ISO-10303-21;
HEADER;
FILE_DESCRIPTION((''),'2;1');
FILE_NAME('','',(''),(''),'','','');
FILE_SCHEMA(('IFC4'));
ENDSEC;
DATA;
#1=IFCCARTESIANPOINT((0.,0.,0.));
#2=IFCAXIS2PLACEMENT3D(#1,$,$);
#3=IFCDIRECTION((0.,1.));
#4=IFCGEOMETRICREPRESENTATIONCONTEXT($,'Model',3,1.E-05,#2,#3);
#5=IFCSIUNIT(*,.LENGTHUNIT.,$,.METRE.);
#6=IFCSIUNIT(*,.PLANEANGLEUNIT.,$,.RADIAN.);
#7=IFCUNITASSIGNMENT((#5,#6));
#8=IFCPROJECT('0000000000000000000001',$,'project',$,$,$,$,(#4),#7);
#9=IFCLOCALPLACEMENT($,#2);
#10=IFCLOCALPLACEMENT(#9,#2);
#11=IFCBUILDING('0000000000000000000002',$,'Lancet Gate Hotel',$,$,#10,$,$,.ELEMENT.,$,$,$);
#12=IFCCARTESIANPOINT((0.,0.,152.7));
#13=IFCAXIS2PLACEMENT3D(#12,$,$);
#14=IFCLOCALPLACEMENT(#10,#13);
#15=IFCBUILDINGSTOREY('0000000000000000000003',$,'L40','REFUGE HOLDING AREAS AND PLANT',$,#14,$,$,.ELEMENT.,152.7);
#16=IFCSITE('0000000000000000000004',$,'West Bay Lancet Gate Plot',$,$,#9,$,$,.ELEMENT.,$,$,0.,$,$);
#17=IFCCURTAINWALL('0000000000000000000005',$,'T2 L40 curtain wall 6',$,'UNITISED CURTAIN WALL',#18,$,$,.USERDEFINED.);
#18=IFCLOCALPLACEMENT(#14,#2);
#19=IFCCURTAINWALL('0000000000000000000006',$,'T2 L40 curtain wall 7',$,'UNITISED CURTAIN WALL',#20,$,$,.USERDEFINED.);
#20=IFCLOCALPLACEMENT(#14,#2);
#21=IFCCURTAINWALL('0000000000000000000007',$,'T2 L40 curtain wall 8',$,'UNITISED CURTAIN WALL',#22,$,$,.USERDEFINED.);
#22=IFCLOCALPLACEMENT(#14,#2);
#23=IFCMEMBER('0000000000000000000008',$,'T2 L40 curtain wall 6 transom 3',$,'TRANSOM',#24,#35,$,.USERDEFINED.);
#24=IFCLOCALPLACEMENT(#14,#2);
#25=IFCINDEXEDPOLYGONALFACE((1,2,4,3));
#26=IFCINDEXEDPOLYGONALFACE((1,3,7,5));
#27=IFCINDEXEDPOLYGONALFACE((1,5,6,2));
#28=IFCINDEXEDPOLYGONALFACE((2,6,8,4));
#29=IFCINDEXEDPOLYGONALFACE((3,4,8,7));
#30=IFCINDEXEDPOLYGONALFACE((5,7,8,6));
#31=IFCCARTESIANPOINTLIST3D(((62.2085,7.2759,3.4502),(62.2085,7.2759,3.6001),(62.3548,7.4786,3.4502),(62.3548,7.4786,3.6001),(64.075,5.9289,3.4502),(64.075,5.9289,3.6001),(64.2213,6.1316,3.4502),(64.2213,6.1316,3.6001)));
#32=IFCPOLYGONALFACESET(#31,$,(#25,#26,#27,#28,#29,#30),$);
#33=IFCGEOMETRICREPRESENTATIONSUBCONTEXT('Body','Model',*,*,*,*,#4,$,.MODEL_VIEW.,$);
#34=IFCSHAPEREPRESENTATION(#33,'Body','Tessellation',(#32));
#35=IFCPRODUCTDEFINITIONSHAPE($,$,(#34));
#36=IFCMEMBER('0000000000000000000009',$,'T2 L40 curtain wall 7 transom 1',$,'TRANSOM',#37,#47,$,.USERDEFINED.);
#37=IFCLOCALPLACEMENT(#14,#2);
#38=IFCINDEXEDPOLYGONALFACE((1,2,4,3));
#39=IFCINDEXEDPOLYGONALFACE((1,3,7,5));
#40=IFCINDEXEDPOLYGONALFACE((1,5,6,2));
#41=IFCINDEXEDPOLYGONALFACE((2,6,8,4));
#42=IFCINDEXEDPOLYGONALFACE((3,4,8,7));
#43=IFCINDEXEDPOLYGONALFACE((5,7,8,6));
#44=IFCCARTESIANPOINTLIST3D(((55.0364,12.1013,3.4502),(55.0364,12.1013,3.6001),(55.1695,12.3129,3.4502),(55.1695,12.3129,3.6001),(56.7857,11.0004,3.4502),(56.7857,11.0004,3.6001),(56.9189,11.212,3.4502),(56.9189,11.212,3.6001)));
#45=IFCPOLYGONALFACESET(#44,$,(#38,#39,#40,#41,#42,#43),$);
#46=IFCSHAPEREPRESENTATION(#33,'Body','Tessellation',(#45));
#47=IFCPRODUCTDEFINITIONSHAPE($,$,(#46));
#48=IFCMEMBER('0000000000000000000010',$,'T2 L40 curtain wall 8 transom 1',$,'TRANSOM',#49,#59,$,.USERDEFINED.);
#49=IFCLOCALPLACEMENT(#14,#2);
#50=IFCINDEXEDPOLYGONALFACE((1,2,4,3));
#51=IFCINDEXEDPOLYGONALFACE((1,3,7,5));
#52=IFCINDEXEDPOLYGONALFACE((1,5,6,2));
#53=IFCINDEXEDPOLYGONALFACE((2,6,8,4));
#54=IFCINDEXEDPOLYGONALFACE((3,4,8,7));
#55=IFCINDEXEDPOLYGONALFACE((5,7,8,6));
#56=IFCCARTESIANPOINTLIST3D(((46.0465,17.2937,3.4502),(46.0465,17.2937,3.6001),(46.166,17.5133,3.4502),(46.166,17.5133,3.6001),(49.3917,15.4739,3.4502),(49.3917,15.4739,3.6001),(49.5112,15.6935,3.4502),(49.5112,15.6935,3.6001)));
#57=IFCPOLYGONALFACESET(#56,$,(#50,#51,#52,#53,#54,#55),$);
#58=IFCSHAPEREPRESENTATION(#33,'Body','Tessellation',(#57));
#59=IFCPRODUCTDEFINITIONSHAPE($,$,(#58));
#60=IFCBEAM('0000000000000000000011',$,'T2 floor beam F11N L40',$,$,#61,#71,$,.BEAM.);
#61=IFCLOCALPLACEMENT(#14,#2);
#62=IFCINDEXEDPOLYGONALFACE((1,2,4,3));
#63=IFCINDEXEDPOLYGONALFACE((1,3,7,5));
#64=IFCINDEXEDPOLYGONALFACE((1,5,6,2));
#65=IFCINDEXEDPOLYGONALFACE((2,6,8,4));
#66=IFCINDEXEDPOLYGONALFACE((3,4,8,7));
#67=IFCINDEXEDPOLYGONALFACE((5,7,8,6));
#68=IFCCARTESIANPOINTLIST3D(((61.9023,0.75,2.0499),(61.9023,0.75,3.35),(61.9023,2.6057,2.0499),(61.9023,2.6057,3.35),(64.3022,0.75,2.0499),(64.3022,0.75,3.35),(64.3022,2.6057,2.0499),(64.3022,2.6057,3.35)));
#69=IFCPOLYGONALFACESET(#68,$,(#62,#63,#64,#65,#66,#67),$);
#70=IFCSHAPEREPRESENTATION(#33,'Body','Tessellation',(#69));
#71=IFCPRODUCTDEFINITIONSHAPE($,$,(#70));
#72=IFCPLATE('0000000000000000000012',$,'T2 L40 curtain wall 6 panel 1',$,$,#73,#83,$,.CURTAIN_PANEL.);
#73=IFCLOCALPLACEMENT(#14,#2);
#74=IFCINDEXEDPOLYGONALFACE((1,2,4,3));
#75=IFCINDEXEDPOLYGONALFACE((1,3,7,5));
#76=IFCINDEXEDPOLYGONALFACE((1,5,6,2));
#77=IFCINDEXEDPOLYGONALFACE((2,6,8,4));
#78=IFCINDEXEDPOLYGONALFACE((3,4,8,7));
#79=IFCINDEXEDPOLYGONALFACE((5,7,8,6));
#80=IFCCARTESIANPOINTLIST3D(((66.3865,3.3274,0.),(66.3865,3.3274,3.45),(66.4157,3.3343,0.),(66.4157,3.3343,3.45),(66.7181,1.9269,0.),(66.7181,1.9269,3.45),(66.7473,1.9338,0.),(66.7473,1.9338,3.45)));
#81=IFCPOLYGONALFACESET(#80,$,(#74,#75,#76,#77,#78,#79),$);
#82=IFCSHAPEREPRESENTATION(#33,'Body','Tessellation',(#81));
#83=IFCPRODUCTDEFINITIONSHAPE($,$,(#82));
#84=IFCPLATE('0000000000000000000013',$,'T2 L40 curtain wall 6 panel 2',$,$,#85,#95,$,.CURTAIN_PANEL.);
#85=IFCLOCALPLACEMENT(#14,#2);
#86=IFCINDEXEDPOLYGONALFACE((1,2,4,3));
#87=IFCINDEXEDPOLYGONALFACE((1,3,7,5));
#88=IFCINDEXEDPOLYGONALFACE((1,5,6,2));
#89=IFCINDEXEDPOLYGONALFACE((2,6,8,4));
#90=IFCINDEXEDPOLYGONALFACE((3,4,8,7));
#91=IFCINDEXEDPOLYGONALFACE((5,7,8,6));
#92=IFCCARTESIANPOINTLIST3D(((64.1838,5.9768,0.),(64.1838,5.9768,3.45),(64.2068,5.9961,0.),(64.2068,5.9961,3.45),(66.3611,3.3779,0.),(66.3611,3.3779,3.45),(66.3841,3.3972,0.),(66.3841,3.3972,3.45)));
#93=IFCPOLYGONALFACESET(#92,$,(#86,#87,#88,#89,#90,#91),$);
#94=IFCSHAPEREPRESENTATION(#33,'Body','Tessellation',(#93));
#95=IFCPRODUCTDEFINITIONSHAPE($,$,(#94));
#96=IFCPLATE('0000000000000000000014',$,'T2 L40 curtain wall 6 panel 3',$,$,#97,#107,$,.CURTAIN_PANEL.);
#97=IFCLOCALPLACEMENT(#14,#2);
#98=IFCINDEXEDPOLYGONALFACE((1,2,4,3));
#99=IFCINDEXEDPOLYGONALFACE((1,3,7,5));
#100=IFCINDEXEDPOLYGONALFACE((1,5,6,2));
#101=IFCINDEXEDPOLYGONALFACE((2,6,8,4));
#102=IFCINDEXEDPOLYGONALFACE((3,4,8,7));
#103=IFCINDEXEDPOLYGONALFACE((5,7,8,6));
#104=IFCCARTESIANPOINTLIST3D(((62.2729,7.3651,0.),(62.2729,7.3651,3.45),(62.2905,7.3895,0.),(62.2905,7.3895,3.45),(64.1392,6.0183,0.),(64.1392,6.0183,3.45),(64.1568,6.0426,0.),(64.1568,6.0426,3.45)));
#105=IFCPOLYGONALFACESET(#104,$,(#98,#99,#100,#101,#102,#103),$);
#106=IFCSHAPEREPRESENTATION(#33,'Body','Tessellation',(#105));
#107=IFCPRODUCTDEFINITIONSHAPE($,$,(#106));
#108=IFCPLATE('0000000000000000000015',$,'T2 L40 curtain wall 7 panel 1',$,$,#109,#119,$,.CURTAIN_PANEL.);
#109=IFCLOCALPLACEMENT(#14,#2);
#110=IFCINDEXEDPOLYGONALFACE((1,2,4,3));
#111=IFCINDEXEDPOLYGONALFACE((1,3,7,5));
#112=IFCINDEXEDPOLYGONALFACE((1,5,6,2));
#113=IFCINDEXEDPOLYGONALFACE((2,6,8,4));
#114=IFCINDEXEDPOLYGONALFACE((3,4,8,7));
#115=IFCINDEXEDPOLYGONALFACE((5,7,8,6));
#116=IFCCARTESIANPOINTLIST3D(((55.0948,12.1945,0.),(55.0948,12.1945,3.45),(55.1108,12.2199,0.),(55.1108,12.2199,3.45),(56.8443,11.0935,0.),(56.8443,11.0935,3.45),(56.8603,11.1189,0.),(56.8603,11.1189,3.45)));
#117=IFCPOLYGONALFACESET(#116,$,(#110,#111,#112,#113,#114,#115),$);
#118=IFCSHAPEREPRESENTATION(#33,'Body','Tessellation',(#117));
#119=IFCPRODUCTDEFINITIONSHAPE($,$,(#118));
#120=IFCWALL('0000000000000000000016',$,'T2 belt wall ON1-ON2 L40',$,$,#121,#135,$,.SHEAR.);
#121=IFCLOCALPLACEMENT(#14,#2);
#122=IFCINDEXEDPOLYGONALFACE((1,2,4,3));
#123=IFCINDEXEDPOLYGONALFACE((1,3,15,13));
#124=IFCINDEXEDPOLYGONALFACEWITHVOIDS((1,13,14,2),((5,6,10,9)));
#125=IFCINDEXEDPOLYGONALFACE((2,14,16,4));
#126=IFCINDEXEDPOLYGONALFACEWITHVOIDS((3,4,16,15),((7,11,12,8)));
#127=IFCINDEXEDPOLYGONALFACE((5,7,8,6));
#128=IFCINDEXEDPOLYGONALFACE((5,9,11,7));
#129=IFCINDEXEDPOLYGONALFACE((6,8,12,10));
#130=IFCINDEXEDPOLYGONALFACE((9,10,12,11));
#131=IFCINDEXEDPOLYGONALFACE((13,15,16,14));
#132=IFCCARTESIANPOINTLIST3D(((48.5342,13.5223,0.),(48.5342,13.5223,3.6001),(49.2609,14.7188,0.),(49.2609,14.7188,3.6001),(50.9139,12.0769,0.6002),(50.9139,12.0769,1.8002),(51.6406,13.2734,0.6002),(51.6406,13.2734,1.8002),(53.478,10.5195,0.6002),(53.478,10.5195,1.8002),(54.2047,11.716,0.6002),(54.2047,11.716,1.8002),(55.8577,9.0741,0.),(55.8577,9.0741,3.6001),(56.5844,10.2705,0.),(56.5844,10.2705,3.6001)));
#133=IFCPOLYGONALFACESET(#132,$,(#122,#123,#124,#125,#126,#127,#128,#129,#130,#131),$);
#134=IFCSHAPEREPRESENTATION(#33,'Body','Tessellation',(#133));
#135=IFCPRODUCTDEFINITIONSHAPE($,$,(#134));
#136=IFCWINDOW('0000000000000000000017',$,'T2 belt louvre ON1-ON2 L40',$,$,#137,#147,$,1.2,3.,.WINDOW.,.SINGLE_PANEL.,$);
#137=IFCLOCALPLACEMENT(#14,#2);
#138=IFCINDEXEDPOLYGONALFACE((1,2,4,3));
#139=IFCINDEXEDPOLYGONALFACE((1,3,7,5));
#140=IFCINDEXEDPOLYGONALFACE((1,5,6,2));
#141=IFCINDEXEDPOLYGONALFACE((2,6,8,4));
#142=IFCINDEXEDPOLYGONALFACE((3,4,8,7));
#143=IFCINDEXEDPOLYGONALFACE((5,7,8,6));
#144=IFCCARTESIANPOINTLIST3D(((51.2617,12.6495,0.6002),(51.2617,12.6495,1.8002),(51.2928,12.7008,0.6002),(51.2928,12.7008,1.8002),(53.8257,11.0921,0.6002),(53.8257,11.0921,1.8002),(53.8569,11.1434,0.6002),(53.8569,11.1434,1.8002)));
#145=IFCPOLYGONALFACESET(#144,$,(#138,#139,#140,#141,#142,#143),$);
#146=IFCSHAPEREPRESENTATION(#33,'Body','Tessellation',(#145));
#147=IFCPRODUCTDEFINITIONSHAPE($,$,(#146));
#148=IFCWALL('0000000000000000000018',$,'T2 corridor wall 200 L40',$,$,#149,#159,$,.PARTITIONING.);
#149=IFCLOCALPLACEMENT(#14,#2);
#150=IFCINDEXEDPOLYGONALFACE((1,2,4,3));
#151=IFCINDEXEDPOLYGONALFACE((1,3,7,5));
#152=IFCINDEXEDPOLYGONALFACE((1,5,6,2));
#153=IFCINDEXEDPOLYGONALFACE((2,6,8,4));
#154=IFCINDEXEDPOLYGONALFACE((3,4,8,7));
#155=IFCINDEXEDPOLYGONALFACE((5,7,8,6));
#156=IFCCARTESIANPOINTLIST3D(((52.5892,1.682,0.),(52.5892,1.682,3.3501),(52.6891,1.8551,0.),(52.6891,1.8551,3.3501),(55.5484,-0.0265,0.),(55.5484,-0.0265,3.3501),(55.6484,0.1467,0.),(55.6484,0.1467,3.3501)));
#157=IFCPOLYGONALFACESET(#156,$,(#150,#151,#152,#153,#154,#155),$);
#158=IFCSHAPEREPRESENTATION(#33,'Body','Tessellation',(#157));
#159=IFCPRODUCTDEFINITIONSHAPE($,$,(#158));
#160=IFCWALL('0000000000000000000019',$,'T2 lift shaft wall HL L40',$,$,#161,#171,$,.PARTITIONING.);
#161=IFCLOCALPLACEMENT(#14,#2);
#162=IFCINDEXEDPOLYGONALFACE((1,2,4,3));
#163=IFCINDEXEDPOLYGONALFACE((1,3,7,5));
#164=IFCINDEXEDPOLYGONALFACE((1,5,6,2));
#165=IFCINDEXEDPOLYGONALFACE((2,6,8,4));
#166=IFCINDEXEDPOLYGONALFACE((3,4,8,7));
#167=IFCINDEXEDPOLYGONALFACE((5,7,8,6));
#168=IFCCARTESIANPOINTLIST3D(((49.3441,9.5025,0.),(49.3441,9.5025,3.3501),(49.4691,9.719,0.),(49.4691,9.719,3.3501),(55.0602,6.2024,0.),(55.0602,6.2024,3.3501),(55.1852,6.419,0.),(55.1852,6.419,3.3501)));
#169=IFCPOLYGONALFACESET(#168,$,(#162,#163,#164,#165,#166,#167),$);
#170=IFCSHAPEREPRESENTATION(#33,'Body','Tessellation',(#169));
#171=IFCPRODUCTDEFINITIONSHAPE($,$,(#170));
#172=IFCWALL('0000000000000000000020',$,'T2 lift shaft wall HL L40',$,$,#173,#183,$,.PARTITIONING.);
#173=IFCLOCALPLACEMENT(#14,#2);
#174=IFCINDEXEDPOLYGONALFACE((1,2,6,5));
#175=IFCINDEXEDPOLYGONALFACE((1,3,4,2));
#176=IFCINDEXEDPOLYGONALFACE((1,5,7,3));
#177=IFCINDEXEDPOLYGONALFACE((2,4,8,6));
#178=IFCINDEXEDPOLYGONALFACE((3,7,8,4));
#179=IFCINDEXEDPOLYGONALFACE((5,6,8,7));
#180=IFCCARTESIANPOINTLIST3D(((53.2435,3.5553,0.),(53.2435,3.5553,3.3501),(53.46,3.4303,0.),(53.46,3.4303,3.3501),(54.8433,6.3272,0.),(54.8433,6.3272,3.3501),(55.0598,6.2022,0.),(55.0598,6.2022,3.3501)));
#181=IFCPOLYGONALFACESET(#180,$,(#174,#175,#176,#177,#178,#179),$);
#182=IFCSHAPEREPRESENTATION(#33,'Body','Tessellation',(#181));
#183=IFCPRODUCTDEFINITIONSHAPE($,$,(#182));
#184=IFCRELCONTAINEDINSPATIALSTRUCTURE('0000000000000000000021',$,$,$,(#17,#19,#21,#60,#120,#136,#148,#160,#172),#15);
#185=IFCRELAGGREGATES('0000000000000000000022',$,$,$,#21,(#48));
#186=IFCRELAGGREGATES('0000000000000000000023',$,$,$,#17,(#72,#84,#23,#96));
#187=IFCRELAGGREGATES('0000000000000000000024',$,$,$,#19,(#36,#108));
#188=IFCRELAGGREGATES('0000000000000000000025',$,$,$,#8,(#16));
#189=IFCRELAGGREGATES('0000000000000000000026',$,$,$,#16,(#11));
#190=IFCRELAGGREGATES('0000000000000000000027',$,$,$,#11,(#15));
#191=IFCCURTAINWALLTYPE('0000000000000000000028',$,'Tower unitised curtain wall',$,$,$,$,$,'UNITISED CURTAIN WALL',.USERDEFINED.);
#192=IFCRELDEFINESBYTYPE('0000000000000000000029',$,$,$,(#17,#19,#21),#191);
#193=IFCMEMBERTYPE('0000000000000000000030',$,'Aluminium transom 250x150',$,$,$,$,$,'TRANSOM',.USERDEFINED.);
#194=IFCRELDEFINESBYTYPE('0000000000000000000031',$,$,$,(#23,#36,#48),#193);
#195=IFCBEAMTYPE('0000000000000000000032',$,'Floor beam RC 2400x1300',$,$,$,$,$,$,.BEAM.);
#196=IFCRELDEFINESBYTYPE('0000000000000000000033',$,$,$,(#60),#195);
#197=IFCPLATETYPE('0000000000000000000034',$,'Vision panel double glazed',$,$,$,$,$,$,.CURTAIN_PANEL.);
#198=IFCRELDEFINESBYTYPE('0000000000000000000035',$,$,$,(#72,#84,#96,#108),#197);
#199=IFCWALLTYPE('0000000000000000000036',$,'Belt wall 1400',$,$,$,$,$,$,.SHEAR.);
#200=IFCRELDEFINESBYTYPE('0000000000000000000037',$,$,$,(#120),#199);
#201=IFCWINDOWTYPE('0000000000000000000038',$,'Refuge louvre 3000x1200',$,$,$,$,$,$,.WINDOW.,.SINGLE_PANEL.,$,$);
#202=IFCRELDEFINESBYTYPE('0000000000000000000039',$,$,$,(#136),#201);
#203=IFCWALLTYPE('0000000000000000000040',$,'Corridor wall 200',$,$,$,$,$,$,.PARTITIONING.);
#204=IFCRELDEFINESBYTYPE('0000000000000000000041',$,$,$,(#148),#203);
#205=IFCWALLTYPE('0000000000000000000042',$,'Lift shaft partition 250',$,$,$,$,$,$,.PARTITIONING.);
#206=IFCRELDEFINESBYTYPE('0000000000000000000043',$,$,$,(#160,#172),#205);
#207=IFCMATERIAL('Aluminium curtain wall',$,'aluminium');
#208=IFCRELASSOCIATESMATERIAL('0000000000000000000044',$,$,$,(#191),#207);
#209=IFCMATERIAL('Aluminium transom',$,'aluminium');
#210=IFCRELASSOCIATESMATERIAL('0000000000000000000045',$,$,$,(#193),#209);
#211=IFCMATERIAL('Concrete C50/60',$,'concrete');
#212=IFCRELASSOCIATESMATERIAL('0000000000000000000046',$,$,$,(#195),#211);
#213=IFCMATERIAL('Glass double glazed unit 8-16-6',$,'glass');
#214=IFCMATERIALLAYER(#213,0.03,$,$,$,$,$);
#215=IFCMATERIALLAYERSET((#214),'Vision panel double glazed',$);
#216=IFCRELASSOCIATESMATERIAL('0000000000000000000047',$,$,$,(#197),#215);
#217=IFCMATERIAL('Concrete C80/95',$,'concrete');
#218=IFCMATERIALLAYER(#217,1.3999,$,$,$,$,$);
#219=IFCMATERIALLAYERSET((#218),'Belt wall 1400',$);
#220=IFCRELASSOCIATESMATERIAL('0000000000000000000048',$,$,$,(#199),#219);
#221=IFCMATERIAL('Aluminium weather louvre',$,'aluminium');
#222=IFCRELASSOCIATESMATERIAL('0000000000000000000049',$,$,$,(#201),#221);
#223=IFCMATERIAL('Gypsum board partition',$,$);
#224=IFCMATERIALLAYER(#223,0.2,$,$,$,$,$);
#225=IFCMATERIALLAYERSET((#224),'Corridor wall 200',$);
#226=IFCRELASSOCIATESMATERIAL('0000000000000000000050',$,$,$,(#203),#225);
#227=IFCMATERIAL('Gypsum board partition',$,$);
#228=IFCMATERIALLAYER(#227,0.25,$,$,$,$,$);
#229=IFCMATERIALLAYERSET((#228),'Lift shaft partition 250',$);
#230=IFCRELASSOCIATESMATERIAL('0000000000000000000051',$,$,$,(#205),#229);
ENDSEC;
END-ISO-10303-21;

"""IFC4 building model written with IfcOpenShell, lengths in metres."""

from ifc_helpers import new_model, si_unit, direction, frame, frame_2d, origin, origin_2d, place, context, subcontext, project, spatial, rectangle, extrude, material, layer, layer_set, material_profile, profile_set, type_object, element, fill, aggregate, save


model = new_model("IFC4")

# Units and contexts
model_context = context("Model", 3, precision=1e-05, world=origin(), true_north=direction((0.0, 1.0)))
body_context = subcontext(model_context, "Body", "Model", "MODEL_VIEW")
ifc_project = project(units=[si_unit("LENGTHUNIT", "METRE"), si_unit("PLANEANGLEUNIT", "RADIAN")], contexts=[model_context])

# Site, building, storey
site_placement = place(None, origin())
site = spatial("IfcSite", under=ifc_project, at=site_placement, Name="West Bay Lancet Gate Plot", CompositionType="ELEMENT", RefElevation=0.0)
building_placement = place(site_placement, origin())
building = spatial("IfcBuilding", under=site, at=building_placement, Name="Lancet Gate Hotel", CompositionType="ELEMENT")
storey_placement = place(building_placement, frame((0.0, 0.0, 152.7)))
storey = spatial("IfcBuildingStorey", under=building, at=storey_placement, Name="L40", Description="REFUGE HOLDING AREAS AND PLANT", CompositionType="ELEMENT", Elevation=152.7)

# Curtain walls
ifc_material_1 = material(Name="Aluminium curtain wall", Category="aluminium")
curtain_wall_type = type_object("IfcCurtainWallType", Name="Tower unitised curtain wall", ElementType="UNITISED CURTAIN WALL", PredefinedType="USERDEFINED", material=ifc_material_1)
curtain_wall_1_placement = place(storey_placement, origin())
curtain_wall_1 = element("IfcCurtainWall", 1, at=curtain_wall_1_placement, inside=storey, type_object=curtain_wall_type, Name="T2 L40 curtain wall 6", ObjectType="UNITISED CURTAIN WALL", PredefinedType="USERDEFINED")
curtain_wall_2_placement = place(storey_placement, origin())
curtain_wall_2 = element("IfcCurtainWall", 2, at=curtain_wall_2_placement, inside=storey, type_object=curtain_wall_type, Name="T2 L40 curtain wall 7", ObjectType="UNITISED CURTAIN WALL", PredefinedType="USERDEFINED")

# Curtain wall
curtain_wall_3_placement = place(storey_placement, origin())
curtain_wall_3 = element("IfcCurtainWall", 3, at=curtain_wall_3_placement, inside=storey, type_object=curtain_wall_type, Name="T2 L40 curtain wall 8", ObjectType="UNITISED CURTAIN WALL", PredefinedType="USERDEFINED")

# Members
ifc_material_2 = material(Name="Aluminium transom", Category="aluminium")
ifc_material_profile_1 = material_profile(ifc_material_2, rectangle(XDim=0.25, YDim=0.1499, at=origin_2d()), Name="TRANSOM 250x150")
ifc_profile_set_1 = profile_set([ifc_material_profile_1], Name="Aluminium transom")
member_type_1 = type_object("IfcMemberType", Name="Aluminium transom 250x150", ElementType="TRANSOM", PredefinedType="USERDEFINED", material=ifc_profile_set_1)
member_1_placement = place(storey_placement, frame((64.1482, 6.0303, 3.5251), z_axis=(-0.8109, 0.585185, 0.0), x_axis=(-0.585185, -0.8109, 0.0)))
member_1 = element("IfcMember", 4, at=member_1_placement, type_object=member_type_1, Name="T2 L40 curtain wall 6 transom 3", ObjectType="TRANSOM", PredefinedType="USERDEFINED", context=body_context, shape_type="SweptSolid", body=[
    extrude(rectangle(XDim=0.25, YDim=0.1499, at=origin_2d()), origin(), (0.0, 0.0, 1.0), 2.3018),
])
member_2_placement = place(storey_placement, frame((56.8523, 11.1062, 3.5251), z_axis=(-0.846355, 0.532619, 0.0), x_axis=(-0.532619, -0.846355, 0.0)))
member_2 = element("IfcMember", 5, at=member_2_placement, type_object=member_type_1, Name="T2 L40 curtain wall 7 transom 1", ObjectType="TRANSOM", PredefinedType="USERDEFINED", context=body_context, shape_type="SweptSolid", body=[
    extrude(rectangle(XDim=0.25, YDim=0.1499, at=origin_2d()), origin(), (0.0, 0.0, 1.0), 2.0669),
])
member_3_placement = place(storey_placement, frame((49.4514, 15.5837, 3.5251), z_axis=(-0.878429, 0.477873, 0.0), x_axis=(-0.477873, -0.878429, 0.0)))
member_3 = element("IfcMember", 6, at=member_3_placement, type_object=member_type_1, Name="T2 L40 curtain wall 8 transom 1", ObjectType="TRANSOM", PredefinedType="USERDEFINED", context=body_context, shape_type="SweptSolid", body=[
    extrude(rectangle(XDim=0.25, YDim=0.1499, at=origin_2d()), origin(), (0.0, 0.0, 1.0), 3.8081),
])
aggregate(curtain_wall_3, [member_3])

# Beam
ifc_material_3 = material(Name="Concrete C50/60", Category="concrete")
ifc_material_profile_2 = material_profile(ifc_material_3, rectangle(XDim=2.3999, YDim=1.3, at=origin_2d()), Name="RC 2400x1300")
ifc_profile_set_2 = profile_set([ifc_material_profile_2], Name="Concrete C50/60")
beam_type = type_object("IfcBeamType", Name="Floor beam RC 2400x1300", PredefinedType="BEAM", material=ifc_profile_set_2)
beam_placement = place(storey_placement, frame((63.1023, 0.75, 2.7), z_axis=(0.0, 1.0, 0.0), x_axis=(-1.0, 0.0, 0.0)))
element("IfcBeam", 7, at=beam_placement, inside=storey, type_object=beam_type, Name="T2 floor beam F11N L40", PredefinedType="BEAM", context=body_context, shape_type="SweptSolid", body=[
    extrude(rectangle(XDim=2.3999, YDim=1.3, at=origin_2d()), origin(), (0.0, 0.0, 1.0), 1.8557),
])

# Plates
ifc_material_4 = material(Name="Glass double glazed unit 8-16-6", Category="glass")
ifc_layer_1 = layer(ifc_material_4, 0.03)
ifc_layer_set_1 = layer_set([ifc_layer_1], Name="Vision panel double glazed")
plate_type = type_object("IfcPlateType", Name="Vision panel double glazed", PredefinedType="CURTAIN_PANEL", material=ifc_layer_set_1)
plate_1_placement = place(storey_placement, frame((66.5669, 2.6306, 0.0), z_axis=(0.0, 0.0, 1.0), x_axis=(-0.230367, 0.973104, 0.0)))
plate_1 = element("IfcPlate", 8, at=plate_1_placement, type_object=plate_type, Name="T2 L40 curtain wall 6 panel 1", PredefinedType="CURTAIN_PANEL", context=body_context, shape_type="SweptSolid", body=[
    extrude(rectangle(XDim=1.4392, YDim=0.03, at=origin_2d()), origin(), (0.0, 0.0, 1.0), 3.45),
])
plate_2_placement = place(storey_placement, frame((65.2839, 4.687, 0.0), z_axis=(0.0, 0.0, 1.0), x_axis=(-0.642199, 0.766538, 0.0)))
plate_2 = element("IfcPlate", 9, at=plate_2_placement, type_object=plate_type, Name="T2 L40 curtain wall 6 panel 2", PredefinedType="CURTAIN_PANEL", context=body_context, shape_type="SweptSolid", body=[
    extrude(rectangle(XDim=3.3904, YDim=0.03, at=origin_2d()), origin(), (0.0, 0.0, 1.0), 3.45),
])
plate_3_placement = place(storey_placement, frame((63.2148, 6.7039, 0.0), z_axis=(0.0, 0.0, 1.0), x_axis=(-0.810891, 0.585197, 0.0)))
plate_3 = element("IfcPlate", 10, at=plate_3_placement, type_object=plate_type, Name="T2 L40 curtain wall 6 panel 3", PredefinedType="CURTAIN_PANEL", context=body_context, shape_type="SweptSolid", body=[
    extrude(rectangle(XDim=2.3015, YDim=0.03, at=origin_2d()), origin(), (0.0, 0.0, 1.0), 3.45),
])
aggregate(curtain_wall_1, [plate_1, plate_2, member_1, plate_3])
plate_4_placement = place(storey_placement, frame((55.9775, 11.6567, 0.0), z_axis=(0.0, 0.0, 1.0), x_axis=(-0.846352, 0.532623, 0.0)))
plate_4 = element("IfcPlate", 11, at=plate_4_placement, type_object=plate_type, Name="T2 L40 curtain wall 7 panel 1", PredefinedType="CURTAIN_PANEL", context=body_context, shape_type="SweptSolid", body=[
    extrude(rectangle(XDim=2.0671, YDim=0.03, at=origin_2d()), origin(), (0.0, 0.0, 1.0), 3.45),
])
aggregate(curtain_wall_2, [member_2, plate_4])

# Wall, opening, window
ifc_material_5 = material(Name="Concrete C80/95", Category="concrete")
ifc_layer_2 = layer(ifc_material_5, 1.3999)
ifc_layer_set_2 = layer_set([ifc_layer_2], Name="Belt wall 1400")
wall_type_1 = type_object("IfcWallType", Name="Belt wall 1400", PredefinedType="SHEAR", material=ifc_layer_set_2)
wall_1_placement = place(storey_placement, frame((56.2209, 9.6724, 0.0), z_axis=(0.0, 0.0, 1.0), x_axis=(-0.854692, 0.519135, 0.0)))
wall_1 = element("IfcWall", 12, at=wall_1_placement, inside=storey, type_object=wall_type_1, Name="T2 belt wall ON1-ON2 L40", PredefinedType="SHEAR", context=body_context, shape_type="SweptSolid", body=[
    extrude(rectangle(XDim=8.5686, YDim=1.3999, at=frame_2d((4.2842, 0.0))), origin(), (0.0, 0.0, 1.0), 3.6001),
])
opening_1_placement = place(wall_1_placement, frame((2.7842, 0.0, 0.6001)))
opening_1 = element("IfcOpeningElement", 13, at=opening_1_placement, cuts=wall_1, PredefinedType="OPENING", context=body_context, shape_type="SweptSolid", body=[
    extrude(rectangle(XDim=3.0, YDim=1.2, at=frame_2d((1.5, 0.6001))), frame((0.0, 0.71, 0.0), z_axis=(0.0, -1.0, 0.0), x_axis=(1.0, 0.0, 0.0)), (0.0, 0.0, 1.0), 1.4199),
])
ifc_material_6 = material(Name="Aluminium weather louvre", Category="aluminium")
window_type = type_object("IfcWindowType", Name="Refuge louvre 3000x1200", PartitioningType="SINGLE_PANEL", PredefinedType="WINDOW", material=ifc_material_6)
window_placement = place(opening_1_placement, origin())
window = element("IfcWindow", 14, at=window_placement, inside=storey, type_object=window_type, Name="T2 belt louvre ON1-ON2 L40", OverallHeight=1.2, OverallWidth=3.0, PartitioningType="SINGLE_PANEL", PredefinedType="WINDOW", context=body_context, shape_type="SweptSolid", body=[
    extrude(rectangle(XDim=3.0, YDim=1.2, at=frame_2d((1.5, 0.6001))), frame((0.0, 0.03, 0.0), z_axis=(0.0, -1.0, 0.0), x_axis=(1.0, 0.0, 0.0)), (0.0, 0.0, 1.0), 0.0601),
])
fill(opening_1, window)

# Walls
ifc_material_7 = material(Name="Gypsum board partition")
ifc_layer_3 = layer(ifc_material_7, 0.2)
ifc_layer_set_3 = layer_set([ifc_layer_3], Name="Corridor wall 200")
wall_type_2 = type_object("IfcWallType", Name="Corridor wall 200", PredefinedType="PARTITIONING", material=ifc_layer_set_3)
wall_2_placement = place(storey_placement, frame((52.6392, 1.7686, 0.0), z_axis=(0.0, 0.0, 1.0), x_axis=(0.866027, -0.499997, 0.0)))
element("IfcWall", 15, at=wall_2_placement, inside=storey, type_object=wall_type_2, Name="T2 corridor wall 200 L40", PredefinedType="PARTITIONING", context=body_context, shape_type="SweptSolid", body=[
    extrude(rectangle(XDim=3.417, YDim=0.2, at=frame_2d((1.7085, 0.0))), origin(), (0.0, 0.0, 1.0), 3.3501),
])
ifc_material_8 = material(Name="Gypsum board partition")
ifc_layer_4 = layer(ifc_material_8, 0.25)
ifc_layer_set_4 = layer_set([ifc_layer_4], Name="Lift shaft partition 250")
wall_type_3 = type_object("IfcWallType", Name="Lift shaft partition 250", PredefinedType="PARTITIONING", material=ifc_layer_set_4)
wall_3_placement = place(storey_placement, frame((49.4065, 9.6108, 0.0), z_axis=(0.0, 0.0, 1.0), x_axis=(0.866033, -0.499986, 0.0)))
element("IfcWall", 16, at=wall_3_placement, inside=storey, type_object=wall_type_3, Name="T2 lift shaft wall HL L40", PredefinedType="PARTITIONING", context=body_context, shape_type="SweptSolid", body=[
    extrude(rectangle(XDim=6.6003, YDim=0.25, at=frame_2d((3.3003, 0.0))), origin(), (0.0, 0.0, 1.0), 3.3501),
])
wall_4_placement = place(storey_placement, frame((53.3518, 3.4929, 0.0), z_axis=(0.0, 0.0, 1.0), x_axis=(0.499872, 0.866099, 0.0)))
element("IfcWall", 17, at=wall_4_placement, inside=storey, type_object=wall_type_3, Name="T2 lift shaft wall HL L40", PredefinedType="PARTITIONING", context=body_context, shape_type="SweptSolid", body=[
    extrude(rectangle(XDim=3.2004, YDim=0.25, at=frame_2d((1.6001, 0.0))), origin(), (0.0, 0.0, 1.0), 3.3501),
])

save(model, "model.ifc")
